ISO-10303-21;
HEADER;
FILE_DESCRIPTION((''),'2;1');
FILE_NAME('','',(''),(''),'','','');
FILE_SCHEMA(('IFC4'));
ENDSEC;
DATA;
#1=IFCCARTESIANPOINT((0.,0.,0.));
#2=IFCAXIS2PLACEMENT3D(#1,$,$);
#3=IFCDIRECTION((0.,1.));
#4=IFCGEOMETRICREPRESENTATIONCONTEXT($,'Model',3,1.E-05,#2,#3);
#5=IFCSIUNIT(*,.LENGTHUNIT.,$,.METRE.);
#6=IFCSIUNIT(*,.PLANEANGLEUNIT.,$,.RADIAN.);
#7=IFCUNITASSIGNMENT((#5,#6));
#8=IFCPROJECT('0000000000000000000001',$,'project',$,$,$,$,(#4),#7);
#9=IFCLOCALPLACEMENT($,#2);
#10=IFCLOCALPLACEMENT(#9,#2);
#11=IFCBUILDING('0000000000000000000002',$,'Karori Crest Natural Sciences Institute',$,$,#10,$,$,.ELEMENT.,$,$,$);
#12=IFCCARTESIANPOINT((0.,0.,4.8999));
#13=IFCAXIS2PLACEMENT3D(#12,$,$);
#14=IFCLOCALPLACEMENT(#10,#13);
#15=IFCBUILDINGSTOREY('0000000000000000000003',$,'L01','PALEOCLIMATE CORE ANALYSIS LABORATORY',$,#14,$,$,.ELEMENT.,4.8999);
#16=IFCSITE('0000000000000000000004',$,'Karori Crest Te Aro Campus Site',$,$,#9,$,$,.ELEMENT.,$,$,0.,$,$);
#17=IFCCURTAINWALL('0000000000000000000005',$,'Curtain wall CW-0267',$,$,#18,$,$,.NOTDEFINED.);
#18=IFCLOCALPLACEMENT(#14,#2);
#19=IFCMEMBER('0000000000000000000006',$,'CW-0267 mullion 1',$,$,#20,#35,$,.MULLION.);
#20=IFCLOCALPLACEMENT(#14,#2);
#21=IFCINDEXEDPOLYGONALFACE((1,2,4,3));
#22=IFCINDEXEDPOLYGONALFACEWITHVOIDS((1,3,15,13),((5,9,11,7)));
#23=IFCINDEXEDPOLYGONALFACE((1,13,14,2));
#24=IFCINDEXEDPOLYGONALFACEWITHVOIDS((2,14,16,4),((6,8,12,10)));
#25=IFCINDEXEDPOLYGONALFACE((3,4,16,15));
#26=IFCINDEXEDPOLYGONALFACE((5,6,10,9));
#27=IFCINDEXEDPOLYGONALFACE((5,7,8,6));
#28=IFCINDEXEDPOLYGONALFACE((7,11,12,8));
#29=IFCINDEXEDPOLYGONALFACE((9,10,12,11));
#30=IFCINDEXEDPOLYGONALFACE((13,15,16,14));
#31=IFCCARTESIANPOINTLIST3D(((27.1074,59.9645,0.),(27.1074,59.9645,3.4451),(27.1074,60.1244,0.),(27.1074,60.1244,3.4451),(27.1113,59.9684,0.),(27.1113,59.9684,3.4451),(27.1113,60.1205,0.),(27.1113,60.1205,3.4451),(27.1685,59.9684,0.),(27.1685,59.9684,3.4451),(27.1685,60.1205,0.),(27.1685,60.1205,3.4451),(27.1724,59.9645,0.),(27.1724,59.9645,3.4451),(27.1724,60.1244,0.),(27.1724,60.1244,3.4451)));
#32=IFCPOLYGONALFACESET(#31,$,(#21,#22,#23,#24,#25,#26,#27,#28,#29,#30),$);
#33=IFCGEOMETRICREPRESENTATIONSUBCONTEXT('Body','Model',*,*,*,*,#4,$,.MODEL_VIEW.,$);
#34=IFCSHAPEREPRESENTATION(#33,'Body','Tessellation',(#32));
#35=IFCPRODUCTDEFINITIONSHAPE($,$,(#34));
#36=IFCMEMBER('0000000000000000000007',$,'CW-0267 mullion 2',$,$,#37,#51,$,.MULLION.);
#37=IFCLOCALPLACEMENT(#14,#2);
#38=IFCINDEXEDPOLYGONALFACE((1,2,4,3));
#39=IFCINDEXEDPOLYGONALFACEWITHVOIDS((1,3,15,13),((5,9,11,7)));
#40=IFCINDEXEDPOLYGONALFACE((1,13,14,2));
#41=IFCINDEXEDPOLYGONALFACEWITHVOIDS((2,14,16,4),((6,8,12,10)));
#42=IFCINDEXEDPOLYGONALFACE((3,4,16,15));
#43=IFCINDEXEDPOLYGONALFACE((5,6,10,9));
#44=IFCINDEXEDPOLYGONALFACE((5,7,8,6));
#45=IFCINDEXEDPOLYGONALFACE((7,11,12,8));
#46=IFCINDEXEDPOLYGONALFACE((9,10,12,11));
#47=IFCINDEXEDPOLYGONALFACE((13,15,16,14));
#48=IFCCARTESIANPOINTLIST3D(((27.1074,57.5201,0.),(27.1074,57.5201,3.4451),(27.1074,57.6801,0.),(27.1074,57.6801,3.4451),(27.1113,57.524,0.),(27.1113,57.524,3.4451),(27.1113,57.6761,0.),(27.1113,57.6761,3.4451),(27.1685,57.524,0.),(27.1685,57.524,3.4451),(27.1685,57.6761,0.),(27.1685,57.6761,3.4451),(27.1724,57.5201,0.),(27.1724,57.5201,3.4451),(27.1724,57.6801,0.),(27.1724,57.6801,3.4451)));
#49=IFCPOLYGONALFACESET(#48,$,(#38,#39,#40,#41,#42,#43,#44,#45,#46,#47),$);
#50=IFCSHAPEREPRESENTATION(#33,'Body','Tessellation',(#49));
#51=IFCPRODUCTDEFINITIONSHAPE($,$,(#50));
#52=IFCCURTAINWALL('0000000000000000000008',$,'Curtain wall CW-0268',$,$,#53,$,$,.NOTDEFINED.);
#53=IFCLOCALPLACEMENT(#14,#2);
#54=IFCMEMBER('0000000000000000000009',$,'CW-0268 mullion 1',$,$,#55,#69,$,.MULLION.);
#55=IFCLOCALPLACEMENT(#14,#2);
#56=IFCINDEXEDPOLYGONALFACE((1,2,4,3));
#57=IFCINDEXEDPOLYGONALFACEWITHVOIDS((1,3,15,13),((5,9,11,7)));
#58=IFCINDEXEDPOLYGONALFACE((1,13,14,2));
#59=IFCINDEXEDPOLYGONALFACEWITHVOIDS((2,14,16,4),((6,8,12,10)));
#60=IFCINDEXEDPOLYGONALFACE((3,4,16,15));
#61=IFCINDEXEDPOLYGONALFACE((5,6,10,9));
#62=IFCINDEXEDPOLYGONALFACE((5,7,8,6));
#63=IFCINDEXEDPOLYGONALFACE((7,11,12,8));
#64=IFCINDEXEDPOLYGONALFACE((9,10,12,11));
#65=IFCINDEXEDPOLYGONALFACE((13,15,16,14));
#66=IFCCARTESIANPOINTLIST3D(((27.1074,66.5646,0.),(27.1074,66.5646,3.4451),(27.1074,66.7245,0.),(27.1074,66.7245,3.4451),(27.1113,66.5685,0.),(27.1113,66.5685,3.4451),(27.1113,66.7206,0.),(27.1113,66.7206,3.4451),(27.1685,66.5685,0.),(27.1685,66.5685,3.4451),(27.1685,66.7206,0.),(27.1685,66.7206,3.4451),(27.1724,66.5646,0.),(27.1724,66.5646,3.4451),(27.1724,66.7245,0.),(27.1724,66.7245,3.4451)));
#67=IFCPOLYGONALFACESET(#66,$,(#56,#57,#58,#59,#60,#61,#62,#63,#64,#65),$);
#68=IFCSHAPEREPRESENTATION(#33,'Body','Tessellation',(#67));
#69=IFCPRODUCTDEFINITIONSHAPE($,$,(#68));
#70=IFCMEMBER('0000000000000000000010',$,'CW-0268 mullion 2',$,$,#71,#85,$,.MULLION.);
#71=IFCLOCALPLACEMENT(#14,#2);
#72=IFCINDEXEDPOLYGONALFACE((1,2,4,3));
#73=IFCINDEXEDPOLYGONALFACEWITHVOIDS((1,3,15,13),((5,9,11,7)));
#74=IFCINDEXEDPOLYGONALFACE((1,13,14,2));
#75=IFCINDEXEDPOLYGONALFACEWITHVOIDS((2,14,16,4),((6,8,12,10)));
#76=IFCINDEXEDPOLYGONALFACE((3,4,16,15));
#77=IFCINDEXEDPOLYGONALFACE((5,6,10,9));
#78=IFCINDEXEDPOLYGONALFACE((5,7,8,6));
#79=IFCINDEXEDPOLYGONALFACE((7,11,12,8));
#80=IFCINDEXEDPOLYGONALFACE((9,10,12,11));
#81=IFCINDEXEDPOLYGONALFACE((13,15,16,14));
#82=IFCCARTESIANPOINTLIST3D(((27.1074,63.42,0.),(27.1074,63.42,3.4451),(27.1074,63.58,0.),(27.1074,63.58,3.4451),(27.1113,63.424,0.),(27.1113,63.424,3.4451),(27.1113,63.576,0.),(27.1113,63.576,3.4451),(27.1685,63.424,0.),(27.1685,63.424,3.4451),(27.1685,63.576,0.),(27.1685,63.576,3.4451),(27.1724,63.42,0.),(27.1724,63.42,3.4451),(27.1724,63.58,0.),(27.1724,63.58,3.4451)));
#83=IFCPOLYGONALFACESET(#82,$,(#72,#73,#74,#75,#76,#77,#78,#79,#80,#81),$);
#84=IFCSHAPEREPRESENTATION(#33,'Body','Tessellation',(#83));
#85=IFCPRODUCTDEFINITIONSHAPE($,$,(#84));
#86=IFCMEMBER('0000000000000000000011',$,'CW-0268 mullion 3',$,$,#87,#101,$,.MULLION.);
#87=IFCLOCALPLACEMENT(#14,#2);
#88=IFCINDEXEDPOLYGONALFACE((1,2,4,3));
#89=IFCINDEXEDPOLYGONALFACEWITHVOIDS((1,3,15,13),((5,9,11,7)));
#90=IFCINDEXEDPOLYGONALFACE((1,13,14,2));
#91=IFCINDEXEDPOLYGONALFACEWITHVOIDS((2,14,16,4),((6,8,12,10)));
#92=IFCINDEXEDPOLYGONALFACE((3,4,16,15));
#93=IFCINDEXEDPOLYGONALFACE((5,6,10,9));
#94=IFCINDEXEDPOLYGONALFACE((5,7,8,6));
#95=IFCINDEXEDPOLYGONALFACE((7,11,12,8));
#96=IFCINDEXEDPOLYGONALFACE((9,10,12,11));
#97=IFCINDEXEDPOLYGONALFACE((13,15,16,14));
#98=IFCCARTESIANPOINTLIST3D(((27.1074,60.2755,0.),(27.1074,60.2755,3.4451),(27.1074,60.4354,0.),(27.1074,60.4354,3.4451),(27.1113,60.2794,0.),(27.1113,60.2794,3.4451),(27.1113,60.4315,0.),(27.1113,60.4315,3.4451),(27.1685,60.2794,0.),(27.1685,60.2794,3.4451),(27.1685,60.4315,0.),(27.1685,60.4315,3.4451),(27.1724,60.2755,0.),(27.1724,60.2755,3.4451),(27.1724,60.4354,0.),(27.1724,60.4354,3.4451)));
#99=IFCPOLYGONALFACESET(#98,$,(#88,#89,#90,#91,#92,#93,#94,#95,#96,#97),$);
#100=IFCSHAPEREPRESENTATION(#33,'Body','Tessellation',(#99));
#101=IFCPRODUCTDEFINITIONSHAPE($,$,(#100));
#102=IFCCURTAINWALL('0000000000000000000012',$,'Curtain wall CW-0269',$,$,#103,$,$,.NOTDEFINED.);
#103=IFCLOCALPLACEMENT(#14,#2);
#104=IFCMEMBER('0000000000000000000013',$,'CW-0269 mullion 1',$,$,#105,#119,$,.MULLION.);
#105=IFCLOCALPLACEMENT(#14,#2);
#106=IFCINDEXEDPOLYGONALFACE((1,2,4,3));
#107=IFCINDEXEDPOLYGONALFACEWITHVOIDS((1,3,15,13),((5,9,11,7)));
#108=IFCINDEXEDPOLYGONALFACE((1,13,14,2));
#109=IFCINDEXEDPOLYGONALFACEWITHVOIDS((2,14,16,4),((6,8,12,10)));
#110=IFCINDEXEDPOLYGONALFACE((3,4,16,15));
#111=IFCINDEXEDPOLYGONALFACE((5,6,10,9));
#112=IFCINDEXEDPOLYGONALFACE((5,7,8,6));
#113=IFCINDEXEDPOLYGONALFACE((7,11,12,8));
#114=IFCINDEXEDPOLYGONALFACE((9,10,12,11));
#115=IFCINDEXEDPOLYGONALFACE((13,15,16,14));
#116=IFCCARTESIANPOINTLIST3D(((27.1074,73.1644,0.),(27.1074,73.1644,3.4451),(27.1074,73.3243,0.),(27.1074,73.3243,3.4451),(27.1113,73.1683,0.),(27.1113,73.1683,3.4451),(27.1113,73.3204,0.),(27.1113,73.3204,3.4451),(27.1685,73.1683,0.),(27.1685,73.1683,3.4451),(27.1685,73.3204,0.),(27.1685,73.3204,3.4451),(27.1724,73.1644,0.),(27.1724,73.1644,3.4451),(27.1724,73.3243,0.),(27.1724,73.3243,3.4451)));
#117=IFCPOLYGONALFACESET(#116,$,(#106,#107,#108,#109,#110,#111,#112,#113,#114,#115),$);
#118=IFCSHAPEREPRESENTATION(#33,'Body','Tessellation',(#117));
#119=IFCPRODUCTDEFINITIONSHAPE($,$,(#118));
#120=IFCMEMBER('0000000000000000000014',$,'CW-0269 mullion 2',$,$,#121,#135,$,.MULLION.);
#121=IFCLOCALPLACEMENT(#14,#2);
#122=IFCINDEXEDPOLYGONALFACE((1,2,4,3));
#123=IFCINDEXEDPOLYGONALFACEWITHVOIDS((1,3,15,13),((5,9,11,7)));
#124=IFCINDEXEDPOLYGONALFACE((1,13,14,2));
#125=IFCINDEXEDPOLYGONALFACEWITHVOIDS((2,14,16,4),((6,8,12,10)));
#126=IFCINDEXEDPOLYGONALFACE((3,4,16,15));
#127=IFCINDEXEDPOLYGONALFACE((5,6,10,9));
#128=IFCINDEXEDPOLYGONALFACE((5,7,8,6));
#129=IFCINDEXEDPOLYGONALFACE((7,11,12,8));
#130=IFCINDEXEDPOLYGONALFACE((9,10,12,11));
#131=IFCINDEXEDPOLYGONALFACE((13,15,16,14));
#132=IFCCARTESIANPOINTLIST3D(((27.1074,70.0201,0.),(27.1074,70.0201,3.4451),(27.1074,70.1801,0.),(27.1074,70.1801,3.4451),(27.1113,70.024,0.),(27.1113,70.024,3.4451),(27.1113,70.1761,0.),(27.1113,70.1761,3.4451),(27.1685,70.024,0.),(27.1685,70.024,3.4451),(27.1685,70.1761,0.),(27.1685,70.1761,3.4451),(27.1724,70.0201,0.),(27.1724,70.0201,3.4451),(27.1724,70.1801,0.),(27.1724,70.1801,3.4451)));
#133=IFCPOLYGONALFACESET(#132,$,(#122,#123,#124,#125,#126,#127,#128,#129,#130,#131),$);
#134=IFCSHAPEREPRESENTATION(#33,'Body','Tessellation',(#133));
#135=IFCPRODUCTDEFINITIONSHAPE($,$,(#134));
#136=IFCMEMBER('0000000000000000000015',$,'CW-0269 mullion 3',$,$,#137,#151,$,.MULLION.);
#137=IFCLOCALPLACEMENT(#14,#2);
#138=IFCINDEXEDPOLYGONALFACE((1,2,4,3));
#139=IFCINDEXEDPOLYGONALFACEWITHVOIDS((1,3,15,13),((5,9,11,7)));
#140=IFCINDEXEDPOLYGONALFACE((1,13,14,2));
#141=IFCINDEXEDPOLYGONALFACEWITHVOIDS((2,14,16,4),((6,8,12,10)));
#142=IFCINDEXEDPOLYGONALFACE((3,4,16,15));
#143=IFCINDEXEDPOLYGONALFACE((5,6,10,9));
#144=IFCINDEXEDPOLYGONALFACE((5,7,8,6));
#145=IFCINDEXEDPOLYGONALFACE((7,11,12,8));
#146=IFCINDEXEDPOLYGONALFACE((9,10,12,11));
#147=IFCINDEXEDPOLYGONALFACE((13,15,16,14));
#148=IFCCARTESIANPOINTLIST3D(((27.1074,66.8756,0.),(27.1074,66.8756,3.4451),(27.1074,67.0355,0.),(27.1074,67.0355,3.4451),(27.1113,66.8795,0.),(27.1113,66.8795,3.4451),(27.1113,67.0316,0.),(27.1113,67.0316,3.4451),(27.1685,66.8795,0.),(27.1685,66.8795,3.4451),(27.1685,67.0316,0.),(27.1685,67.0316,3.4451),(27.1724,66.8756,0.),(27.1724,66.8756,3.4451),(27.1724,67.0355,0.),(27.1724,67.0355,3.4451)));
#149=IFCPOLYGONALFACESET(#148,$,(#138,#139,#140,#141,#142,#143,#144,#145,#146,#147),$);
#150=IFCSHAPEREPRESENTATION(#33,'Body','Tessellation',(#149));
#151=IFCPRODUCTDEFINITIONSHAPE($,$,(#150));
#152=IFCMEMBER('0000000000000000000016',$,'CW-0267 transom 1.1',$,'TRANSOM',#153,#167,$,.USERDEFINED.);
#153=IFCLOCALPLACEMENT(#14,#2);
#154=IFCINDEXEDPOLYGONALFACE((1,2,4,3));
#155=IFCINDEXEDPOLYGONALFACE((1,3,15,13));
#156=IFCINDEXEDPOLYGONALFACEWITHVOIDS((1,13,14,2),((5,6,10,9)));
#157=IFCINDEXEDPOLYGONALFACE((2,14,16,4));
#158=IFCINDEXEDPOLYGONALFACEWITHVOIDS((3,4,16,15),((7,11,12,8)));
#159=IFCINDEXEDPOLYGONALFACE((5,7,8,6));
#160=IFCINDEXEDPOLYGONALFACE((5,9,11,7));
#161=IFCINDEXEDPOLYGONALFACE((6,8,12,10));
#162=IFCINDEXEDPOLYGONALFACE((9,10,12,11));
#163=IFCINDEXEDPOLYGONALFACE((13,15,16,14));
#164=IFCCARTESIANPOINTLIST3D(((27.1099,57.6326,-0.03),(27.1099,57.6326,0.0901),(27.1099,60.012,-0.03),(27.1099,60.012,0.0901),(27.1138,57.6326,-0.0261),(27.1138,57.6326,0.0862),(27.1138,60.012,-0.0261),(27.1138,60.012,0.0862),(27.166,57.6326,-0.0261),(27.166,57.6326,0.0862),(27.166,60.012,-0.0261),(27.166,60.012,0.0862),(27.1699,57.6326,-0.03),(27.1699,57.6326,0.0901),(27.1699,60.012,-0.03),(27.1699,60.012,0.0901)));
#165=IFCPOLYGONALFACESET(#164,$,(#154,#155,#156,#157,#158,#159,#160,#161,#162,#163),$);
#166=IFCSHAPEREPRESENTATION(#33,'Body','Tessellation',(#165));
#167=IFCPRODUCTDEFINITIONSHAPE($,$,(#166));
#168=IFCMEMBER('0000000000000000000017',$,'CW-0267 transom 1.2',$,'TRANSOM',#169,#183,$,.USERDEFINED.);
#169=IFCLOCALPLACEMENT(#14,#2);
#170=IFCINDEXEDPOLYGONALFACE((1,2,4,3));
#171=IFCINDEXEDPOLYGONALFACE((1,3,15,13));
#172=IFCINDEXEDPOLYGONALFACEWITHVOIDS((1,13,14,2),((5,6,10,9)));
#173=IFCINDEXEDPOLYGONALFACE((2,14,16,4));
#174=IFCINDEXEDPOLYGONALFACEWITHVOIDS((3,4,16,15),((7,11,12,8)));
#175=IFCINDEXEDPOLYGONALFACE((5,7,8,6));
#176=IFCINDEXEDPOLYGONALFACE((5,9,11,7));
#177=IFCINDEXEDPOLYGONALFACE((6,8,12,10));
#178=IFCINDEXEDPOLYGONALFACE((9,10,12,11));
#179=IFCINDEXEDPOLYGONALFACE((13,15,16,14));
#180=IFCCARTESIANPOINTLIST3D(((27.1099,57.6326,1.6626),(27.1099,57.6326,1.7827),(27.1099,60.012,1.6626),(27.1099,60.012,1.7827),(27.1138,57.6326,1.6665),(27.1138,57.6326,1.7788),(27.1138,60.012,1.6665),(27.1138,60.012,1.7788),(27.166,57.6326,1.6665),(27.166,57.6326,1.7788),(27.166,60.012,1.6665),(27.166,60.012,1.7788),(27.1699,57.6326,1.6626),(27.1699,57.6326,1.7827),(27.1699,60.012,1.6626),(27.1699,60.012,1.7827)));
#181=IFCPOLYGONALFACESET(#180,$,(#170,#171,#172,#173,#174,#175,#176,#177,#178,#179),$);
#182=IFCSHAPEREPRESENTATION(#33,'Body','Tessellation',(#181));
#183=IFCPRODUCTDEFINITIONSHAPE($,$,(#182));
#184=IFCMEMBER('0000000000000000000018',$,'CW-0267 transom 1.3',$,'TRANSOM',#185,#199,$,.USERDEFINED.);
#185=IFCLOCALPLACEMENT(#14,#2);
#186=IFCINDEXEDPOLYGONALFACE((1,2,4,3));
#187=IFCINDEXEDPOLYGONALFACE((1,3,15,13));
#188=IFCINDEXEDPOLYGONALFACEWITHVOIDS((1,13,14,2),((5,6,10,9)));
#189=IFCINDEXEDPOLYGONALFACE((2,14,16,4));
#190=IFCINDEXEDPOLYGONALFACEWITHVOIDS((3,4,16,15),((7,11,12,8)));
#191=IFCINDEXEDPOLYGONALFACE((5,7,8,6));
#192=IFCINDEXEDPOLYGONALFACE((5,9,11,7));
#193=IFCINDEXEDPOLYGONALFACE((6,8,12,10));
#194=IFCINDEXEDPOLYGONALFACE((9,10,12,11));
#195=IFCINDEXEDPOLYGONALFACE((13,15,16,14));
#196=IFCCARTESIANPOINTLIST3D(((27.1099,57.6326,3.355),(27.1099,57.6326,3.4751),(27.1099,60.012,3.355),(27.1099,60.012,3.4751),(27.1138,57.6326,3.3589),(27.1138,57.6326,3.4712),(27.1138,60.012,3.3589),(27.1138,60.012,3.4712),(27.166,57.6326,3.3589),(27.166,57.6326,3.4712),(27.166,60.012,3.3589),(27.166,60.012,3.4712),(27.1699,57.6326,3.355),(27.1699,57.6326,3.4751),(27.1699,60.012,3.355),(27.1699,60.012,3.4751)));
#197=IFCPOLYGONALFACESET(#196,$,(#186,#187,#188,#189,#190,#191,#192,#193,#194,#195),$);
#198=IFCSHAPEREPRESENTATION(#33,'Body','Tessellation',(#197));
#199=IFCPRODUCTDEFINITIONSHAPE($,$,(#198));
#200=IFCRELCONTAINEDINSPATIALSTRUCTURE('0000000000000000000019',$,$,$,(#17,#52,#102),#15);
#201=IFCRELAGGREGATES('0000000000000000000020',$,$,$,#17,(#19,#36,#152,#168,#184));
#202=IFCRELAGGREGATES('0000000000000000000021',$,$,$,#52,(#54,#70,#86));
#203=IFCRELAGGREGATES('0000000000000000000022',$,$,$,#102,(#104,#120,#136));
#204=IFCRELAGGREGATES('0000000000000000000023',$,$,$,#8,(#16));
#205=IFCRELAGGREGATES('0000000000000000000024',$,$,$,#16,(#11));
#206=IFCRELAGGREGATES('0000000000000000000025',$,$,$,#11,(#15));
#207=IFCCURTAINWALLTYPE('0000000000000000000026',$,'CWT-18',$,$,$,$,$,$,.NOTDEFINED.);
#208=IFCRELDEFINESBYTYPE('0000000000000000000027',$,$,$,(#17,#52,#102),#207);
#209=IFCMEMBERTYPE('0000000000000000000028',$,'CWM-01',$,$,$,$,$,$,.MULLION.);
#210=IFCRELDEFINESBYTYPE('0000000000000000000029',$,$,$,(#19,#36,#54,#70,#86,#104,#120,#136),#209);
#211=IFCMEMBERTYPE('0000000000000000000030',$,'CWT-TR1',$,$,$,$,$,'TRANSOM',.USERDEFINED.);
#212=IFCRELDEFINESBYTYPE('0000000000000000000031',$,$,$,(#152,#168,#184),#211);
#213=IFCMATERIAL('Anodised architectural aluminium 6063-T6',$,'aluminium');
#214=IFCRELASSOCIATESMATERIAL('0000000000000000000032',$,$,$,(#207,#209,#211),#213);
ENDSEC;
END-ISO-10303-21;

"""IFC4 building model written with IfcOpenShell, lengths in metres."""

from ifc_helpers import new_model, si_unit, direction, frame, origin, origin_2d, place, context, subcontext, project, spatial, hollow_rectangle, extrude, material, material_profile, profile_set, type_object, element, aggregate, save


model = new_model("IFC4")

# Units and contexts
model_context = context("Model", 3, precision=1e-05, world=origin(), true_north=direction((0.0, 1.0)))
body_context = subcontext(model_context, "Body", "Model", "MODEL_VIEW")
ifc_project = project(units=[si_unit("LENGTHUNIT", "METRE"), si_unit("PLANEANGLEUNIT", "RADIAN")], contexts=[model_context])

# Site, building, storey
site_placement = place(None, origin())
site = spatial("IfcSite", under=ifc_project, at=site_placement, Name="Karori Crest Te Aro Campus Site", CompositionType="ELEMENT", RefElevation=0.0)
building_placement = place(site_placement, origin())
building = spatial("IfcBuilding", under=site, at=building_placement, Name="Karori Crest Natural Sciences Institute", CompositionType="ELEMENT")
storey_placement = place(building_placement, frame((0.0, 0.0, 4.8999)))
storey = spatial("IfcBuildingStorey", under=building, at=storey_placement, Name="L01", Description="PALEOCLIMATE CORE ANALYSIS LABORATORY", CompositionType="ELEMENT", Elevation=4.8999)

# Curtain walls, members
ifc_material_1 = material(Name="Anodised architectural aluminium 6063-T6", Category="aluminium")
curtain_wall_type = type_object("IfcCurtainWallType", Name="CWT-18", PredefinedType="NOTDEFINED", material=ifc_material_1)
curtain_wall_1_placement = place(storey_placement, origin())
curtain_wall_1 = element("IfcCurtainWall", 1, at=curtain_wall_1_placement, inside=storey, type_object=curtain_wall_type, Name="Curtain wall CW-0267", PredefinedType="NOTDEFINED")
ifc_material_profile_1 = material_profile(ifc_material_1, hollow_rectangle(XDim=0.0649, YDim=0.1599, WallThickness=0.0039, at=origin_2d()), Name="CWM160x65x4")
ifc_profile_set_1 = profile_set([ifc_material_profile_1], Name="Anodised architectural aluminium 6063-T6")
member_type_1 = type_object("IfcMemberType", Name="CWM-01", PredefinedType="MULLION", material=ifc_profile_set_1)
member_1_placement = place(storey_placement, frame((27.1399, 60.0444, 0.0), z_axis=(0.0, 0.0, 1.0), x_axis=(1.0, 0.0, 0.0)))
member_1 = element("IfcMember", 2, at=member_1_placement, type_object=member_type_1, Name="CW-0267 mullion 1", PredefinedType="MULLION", context=body_context, shape_type="SweptSolid", body=[
    extrude(hollow_rectangle(XDim=0.0649, YDim=0.1599, WallThickness=0.0039, at=origin_2d()), origin(), (0.0, 0.0, 1.0), 3.4451),
])
member_2_placement = place(storey_placement, frame((27.1399, 57.6001, 0.0), z_axis=(0.0, 0.0, 1.0), x_axis=(1.0, 0.0, 0.0)))
member_2 = element("IfcMember", 3, at=member_2_placement, type_object=member_type_1, Name="CW-0267 mullion 2", PredefinedType="MULLION", context=body_context, shape_type="SweptSolid", body=[
    extrude(hollow_rectangle(XDim=0.0649, YDim=0.1599, WallThickness=0.0039, at=origin_2d()), origin(), (0.0, 0.0, 1.0), 3.4451),
])
curtain_wall_2_placement = place(storey_placement, origin())
curtain_wall_2 = element("IfcCurtainWall", 4, at=curtain_wall_2_placement, inside=storey, type_object=curtain_wall_type, Name="Curtain wall CW-0268", PredefinedType="NOTDEFINED")
member_3_placement = place(storey_placement, frame((27.1399, 66.6445, 0.0), z_axis=(0.0, 0.0, 1.0), x_axis=(1.0, 0.0, 0.0)))
member_3 = element("IfcMember", 5, at=member_3_placement, type_object=member_type_1, Name="CW-0268 mullion 1", PredefinedType="MULLION", context=body_context, shape_type="SweptSolid", body=[
    extrude(hollow_rectangle(XDim=0.0649, YDim=0.1599, WallThickness=0.0039, at=origin_2d()), origin(), (0.0, 0.0, 1.0), 3.4451),
])
member_4_placement = place(storey_placement, frame((27.1399, 63.5, 0.0), z_axis=(0.0, 0.0, 1.0), x_axis=(1.0, 0.0, 0.0)))
member_4 = element("IfcMember", 6, at=member_4_placement, type_object=member_type_1, Name="CW-0268 mullion 2", PredefinedType="MULLION", context=body_context, shape_type="SweptSolid", body=[
    extrude(hollow_rectangle(XDim=0.0649, YDim=0.1599, WallThickness=0.0039, at=origin_2d()), origin(), (0.0, 0.0, 1.0), 3.4451),
])
member_5_placement = place(storey_placement, frame((27.1399, 60.3555, 0.0), z_axis=(0.0, 0.0, 1.0), x_axis=(1.0, 0.0, 0.0)))
member_5 = element("IfcMember", 7, at=member_5_placement, type_object=member_type_1, Name="CW-0268 mullion 3", PredefinedType="MULLION", context=body_context, shape_type="SweptSolid", body=[
    extrude(hollow_rectangle(XDim=0.0649, YDim=0.1599, WallThickness=0.0039, at=origin_2d()), origin(), (0.0, 0.0, 1.0), 3.4451),
])
curtain_wall_3_placement = place(storey_placement, origin())
curtain_wall_3 = element("IfcCurtainWall", 8, at=curtain_wall_3_placement, inside=storey, type_object=curtain_wall_type, Name="Curtain wall CW-0269", PredefinedType="NOTDEFINED")
member_6_placement = place(storey_placement, frame((27.1399, 73.2444, 0.0), z_axis=(0.0, 0.0, 1.0), x_axis=(1.0, 0.0, 0.0)))
member_6 = element("IfcMember", 9, at=member_6_placement, type_object=member_type_1, Name="CW-0269 mullion 1", PredefinedType="MULLION", context=body_context, shape_type="SweptSolid", body=[
    extrude(hollow_rectangle(XDim=0.0649, YDim=0.1599, WallThickness=0.0039, at=origin_2d()), origin(), (0.0, 0.0, 1.0), 3.4451),
])
member_7_placement = place(storey_placement, frame((27.1399, 70.1001, 0.0), z_axis=(0.0, 0.0, 1.0), x_axis=(1.0, 0.0, 0.0)))
member_7 = element("IfcMember", 10, at=member_7_placement, type_object=member_type_1, Name="CW-0269 mullion 2", PredefinedType="MULLION", context=body_context, shape_type="SweptSolid", body=[
    extrude(hollow_rectangle(XDim=0.0649, YDim=0.1599, WallThickness=0.0039, at=origin_2d()), origin(), (0.0, 0.0, 1.0), 3.4451),
])
member_8_placement = place(storey_placement, frame((27.1399, 66.9556, 0.0), z_axis=(0.0, 0.0, 1.0), x_axis=(1.0, 0.0, 0.0)))
member_8 = element("IfcMember", 11, at=member_8_placement, type_object=member_type_1, Name="CW-0269 mullion 3", PredefinedType="MULLION", context=body_context, shape_type="SweptSolid", body=[
    extrude(hollow_rectangle(XDim=0.0649, YDim=0.1599, WallThickness=0.0039, at=origin_2d()), origin(), (0.0, 0.0, 1.0), 3.4451),
])

# Members
ifc_material_profile_2 = material_profile(ifc_material_1, hollow_rectangle(XDim=0.0601, YDim=0.1201, WallThickness=0.0039, at=origin_2d()), Name="CWT120x60x4")
ifc_profile_set_2 = profile_set([ifc_material_profile_2], Name="Anodised architectural aluminium 6063-T6")
member_type_2 = type_object("IfcMemberType", Name="CWT-TR1", ElementType="TRANSOM", PredefinedType="USERDEFINED", material=ifc_profile_set_2)
member_9_placement = place(storey_placement, frame((27.1399, 60.012, 0.03), z_axis=(0.0, -1.0, 0.0), x_axis=(1.0, 0.0, 0.0)))
member_9 = element("IfcMember", 12, at=member_9_placement, type_object=member_type_2, Name="CW-0267 transom 1.1", ObjectType="TRANSOM", PredefinedType="USERDEFINED", context=body_context, shape_type="SweptSolid", body=[
    extrude(hollow_rectangle(XDim=0.0601, YDim=0.1201, WallThickness=0.0039, at=origin_2d()), origin(), (0.0, 0.0, 1.0), 2.3794),
])
member_10_placement = place(storey_placement, frame((27.1399, 60.012, 1.7227), z_axis=(0.0, -1.0, 0.0), x_axis=(1.0, 0.0, 0.0)))
member_10 = element("IfcMember", 13, at=member_10_placement, type_object=member_type_2, Name="CW-0267 transom 1.2", ObjectType="TRANSOM", PredefinedType="USERDEFINED", context=body_context, shape_type="SweptSolid", body=[
    extrude(hollow_rectangle(XDim=0.0601, YDim=0.1201, WallThickness=0.0039, at=origin_2d()), origin(), (0.0, 0.0, 1.0), 2.3794),
])
member_11_placement = place(storey_placement, frame((27.1399, 60.012, 3.415), z_axis=(0.0, -1.0, 0.0), x_axis=(1.0, 0.0, 0.0)))
member_11 = element("IfcMember", 14, at=member_11_placement, type_object=member_type_2, Name="CW-0267 transom 1.3", ObjectType="TRANSOM", PredefinedType="USERDEFINED", context=body_context, shape_type="SweptSolid", body=[
    extrude(hollow_rectangle(XDim=0.0601, YDim=0.1201, WallThickness=0.0039, at=origin_2d()), origin(), (0.0, 0.0, 1.0), 2.3794),
])

aggregate(curtain_wall_1, [member_1, member_2, member_9, member_10, member_11])
aggregate(curtain_wall_2, [member_3, member_4, member_5])
aggregate(curtain_wall_3, [member_6, member_7, member_8])

save(model, "model.ifc")
